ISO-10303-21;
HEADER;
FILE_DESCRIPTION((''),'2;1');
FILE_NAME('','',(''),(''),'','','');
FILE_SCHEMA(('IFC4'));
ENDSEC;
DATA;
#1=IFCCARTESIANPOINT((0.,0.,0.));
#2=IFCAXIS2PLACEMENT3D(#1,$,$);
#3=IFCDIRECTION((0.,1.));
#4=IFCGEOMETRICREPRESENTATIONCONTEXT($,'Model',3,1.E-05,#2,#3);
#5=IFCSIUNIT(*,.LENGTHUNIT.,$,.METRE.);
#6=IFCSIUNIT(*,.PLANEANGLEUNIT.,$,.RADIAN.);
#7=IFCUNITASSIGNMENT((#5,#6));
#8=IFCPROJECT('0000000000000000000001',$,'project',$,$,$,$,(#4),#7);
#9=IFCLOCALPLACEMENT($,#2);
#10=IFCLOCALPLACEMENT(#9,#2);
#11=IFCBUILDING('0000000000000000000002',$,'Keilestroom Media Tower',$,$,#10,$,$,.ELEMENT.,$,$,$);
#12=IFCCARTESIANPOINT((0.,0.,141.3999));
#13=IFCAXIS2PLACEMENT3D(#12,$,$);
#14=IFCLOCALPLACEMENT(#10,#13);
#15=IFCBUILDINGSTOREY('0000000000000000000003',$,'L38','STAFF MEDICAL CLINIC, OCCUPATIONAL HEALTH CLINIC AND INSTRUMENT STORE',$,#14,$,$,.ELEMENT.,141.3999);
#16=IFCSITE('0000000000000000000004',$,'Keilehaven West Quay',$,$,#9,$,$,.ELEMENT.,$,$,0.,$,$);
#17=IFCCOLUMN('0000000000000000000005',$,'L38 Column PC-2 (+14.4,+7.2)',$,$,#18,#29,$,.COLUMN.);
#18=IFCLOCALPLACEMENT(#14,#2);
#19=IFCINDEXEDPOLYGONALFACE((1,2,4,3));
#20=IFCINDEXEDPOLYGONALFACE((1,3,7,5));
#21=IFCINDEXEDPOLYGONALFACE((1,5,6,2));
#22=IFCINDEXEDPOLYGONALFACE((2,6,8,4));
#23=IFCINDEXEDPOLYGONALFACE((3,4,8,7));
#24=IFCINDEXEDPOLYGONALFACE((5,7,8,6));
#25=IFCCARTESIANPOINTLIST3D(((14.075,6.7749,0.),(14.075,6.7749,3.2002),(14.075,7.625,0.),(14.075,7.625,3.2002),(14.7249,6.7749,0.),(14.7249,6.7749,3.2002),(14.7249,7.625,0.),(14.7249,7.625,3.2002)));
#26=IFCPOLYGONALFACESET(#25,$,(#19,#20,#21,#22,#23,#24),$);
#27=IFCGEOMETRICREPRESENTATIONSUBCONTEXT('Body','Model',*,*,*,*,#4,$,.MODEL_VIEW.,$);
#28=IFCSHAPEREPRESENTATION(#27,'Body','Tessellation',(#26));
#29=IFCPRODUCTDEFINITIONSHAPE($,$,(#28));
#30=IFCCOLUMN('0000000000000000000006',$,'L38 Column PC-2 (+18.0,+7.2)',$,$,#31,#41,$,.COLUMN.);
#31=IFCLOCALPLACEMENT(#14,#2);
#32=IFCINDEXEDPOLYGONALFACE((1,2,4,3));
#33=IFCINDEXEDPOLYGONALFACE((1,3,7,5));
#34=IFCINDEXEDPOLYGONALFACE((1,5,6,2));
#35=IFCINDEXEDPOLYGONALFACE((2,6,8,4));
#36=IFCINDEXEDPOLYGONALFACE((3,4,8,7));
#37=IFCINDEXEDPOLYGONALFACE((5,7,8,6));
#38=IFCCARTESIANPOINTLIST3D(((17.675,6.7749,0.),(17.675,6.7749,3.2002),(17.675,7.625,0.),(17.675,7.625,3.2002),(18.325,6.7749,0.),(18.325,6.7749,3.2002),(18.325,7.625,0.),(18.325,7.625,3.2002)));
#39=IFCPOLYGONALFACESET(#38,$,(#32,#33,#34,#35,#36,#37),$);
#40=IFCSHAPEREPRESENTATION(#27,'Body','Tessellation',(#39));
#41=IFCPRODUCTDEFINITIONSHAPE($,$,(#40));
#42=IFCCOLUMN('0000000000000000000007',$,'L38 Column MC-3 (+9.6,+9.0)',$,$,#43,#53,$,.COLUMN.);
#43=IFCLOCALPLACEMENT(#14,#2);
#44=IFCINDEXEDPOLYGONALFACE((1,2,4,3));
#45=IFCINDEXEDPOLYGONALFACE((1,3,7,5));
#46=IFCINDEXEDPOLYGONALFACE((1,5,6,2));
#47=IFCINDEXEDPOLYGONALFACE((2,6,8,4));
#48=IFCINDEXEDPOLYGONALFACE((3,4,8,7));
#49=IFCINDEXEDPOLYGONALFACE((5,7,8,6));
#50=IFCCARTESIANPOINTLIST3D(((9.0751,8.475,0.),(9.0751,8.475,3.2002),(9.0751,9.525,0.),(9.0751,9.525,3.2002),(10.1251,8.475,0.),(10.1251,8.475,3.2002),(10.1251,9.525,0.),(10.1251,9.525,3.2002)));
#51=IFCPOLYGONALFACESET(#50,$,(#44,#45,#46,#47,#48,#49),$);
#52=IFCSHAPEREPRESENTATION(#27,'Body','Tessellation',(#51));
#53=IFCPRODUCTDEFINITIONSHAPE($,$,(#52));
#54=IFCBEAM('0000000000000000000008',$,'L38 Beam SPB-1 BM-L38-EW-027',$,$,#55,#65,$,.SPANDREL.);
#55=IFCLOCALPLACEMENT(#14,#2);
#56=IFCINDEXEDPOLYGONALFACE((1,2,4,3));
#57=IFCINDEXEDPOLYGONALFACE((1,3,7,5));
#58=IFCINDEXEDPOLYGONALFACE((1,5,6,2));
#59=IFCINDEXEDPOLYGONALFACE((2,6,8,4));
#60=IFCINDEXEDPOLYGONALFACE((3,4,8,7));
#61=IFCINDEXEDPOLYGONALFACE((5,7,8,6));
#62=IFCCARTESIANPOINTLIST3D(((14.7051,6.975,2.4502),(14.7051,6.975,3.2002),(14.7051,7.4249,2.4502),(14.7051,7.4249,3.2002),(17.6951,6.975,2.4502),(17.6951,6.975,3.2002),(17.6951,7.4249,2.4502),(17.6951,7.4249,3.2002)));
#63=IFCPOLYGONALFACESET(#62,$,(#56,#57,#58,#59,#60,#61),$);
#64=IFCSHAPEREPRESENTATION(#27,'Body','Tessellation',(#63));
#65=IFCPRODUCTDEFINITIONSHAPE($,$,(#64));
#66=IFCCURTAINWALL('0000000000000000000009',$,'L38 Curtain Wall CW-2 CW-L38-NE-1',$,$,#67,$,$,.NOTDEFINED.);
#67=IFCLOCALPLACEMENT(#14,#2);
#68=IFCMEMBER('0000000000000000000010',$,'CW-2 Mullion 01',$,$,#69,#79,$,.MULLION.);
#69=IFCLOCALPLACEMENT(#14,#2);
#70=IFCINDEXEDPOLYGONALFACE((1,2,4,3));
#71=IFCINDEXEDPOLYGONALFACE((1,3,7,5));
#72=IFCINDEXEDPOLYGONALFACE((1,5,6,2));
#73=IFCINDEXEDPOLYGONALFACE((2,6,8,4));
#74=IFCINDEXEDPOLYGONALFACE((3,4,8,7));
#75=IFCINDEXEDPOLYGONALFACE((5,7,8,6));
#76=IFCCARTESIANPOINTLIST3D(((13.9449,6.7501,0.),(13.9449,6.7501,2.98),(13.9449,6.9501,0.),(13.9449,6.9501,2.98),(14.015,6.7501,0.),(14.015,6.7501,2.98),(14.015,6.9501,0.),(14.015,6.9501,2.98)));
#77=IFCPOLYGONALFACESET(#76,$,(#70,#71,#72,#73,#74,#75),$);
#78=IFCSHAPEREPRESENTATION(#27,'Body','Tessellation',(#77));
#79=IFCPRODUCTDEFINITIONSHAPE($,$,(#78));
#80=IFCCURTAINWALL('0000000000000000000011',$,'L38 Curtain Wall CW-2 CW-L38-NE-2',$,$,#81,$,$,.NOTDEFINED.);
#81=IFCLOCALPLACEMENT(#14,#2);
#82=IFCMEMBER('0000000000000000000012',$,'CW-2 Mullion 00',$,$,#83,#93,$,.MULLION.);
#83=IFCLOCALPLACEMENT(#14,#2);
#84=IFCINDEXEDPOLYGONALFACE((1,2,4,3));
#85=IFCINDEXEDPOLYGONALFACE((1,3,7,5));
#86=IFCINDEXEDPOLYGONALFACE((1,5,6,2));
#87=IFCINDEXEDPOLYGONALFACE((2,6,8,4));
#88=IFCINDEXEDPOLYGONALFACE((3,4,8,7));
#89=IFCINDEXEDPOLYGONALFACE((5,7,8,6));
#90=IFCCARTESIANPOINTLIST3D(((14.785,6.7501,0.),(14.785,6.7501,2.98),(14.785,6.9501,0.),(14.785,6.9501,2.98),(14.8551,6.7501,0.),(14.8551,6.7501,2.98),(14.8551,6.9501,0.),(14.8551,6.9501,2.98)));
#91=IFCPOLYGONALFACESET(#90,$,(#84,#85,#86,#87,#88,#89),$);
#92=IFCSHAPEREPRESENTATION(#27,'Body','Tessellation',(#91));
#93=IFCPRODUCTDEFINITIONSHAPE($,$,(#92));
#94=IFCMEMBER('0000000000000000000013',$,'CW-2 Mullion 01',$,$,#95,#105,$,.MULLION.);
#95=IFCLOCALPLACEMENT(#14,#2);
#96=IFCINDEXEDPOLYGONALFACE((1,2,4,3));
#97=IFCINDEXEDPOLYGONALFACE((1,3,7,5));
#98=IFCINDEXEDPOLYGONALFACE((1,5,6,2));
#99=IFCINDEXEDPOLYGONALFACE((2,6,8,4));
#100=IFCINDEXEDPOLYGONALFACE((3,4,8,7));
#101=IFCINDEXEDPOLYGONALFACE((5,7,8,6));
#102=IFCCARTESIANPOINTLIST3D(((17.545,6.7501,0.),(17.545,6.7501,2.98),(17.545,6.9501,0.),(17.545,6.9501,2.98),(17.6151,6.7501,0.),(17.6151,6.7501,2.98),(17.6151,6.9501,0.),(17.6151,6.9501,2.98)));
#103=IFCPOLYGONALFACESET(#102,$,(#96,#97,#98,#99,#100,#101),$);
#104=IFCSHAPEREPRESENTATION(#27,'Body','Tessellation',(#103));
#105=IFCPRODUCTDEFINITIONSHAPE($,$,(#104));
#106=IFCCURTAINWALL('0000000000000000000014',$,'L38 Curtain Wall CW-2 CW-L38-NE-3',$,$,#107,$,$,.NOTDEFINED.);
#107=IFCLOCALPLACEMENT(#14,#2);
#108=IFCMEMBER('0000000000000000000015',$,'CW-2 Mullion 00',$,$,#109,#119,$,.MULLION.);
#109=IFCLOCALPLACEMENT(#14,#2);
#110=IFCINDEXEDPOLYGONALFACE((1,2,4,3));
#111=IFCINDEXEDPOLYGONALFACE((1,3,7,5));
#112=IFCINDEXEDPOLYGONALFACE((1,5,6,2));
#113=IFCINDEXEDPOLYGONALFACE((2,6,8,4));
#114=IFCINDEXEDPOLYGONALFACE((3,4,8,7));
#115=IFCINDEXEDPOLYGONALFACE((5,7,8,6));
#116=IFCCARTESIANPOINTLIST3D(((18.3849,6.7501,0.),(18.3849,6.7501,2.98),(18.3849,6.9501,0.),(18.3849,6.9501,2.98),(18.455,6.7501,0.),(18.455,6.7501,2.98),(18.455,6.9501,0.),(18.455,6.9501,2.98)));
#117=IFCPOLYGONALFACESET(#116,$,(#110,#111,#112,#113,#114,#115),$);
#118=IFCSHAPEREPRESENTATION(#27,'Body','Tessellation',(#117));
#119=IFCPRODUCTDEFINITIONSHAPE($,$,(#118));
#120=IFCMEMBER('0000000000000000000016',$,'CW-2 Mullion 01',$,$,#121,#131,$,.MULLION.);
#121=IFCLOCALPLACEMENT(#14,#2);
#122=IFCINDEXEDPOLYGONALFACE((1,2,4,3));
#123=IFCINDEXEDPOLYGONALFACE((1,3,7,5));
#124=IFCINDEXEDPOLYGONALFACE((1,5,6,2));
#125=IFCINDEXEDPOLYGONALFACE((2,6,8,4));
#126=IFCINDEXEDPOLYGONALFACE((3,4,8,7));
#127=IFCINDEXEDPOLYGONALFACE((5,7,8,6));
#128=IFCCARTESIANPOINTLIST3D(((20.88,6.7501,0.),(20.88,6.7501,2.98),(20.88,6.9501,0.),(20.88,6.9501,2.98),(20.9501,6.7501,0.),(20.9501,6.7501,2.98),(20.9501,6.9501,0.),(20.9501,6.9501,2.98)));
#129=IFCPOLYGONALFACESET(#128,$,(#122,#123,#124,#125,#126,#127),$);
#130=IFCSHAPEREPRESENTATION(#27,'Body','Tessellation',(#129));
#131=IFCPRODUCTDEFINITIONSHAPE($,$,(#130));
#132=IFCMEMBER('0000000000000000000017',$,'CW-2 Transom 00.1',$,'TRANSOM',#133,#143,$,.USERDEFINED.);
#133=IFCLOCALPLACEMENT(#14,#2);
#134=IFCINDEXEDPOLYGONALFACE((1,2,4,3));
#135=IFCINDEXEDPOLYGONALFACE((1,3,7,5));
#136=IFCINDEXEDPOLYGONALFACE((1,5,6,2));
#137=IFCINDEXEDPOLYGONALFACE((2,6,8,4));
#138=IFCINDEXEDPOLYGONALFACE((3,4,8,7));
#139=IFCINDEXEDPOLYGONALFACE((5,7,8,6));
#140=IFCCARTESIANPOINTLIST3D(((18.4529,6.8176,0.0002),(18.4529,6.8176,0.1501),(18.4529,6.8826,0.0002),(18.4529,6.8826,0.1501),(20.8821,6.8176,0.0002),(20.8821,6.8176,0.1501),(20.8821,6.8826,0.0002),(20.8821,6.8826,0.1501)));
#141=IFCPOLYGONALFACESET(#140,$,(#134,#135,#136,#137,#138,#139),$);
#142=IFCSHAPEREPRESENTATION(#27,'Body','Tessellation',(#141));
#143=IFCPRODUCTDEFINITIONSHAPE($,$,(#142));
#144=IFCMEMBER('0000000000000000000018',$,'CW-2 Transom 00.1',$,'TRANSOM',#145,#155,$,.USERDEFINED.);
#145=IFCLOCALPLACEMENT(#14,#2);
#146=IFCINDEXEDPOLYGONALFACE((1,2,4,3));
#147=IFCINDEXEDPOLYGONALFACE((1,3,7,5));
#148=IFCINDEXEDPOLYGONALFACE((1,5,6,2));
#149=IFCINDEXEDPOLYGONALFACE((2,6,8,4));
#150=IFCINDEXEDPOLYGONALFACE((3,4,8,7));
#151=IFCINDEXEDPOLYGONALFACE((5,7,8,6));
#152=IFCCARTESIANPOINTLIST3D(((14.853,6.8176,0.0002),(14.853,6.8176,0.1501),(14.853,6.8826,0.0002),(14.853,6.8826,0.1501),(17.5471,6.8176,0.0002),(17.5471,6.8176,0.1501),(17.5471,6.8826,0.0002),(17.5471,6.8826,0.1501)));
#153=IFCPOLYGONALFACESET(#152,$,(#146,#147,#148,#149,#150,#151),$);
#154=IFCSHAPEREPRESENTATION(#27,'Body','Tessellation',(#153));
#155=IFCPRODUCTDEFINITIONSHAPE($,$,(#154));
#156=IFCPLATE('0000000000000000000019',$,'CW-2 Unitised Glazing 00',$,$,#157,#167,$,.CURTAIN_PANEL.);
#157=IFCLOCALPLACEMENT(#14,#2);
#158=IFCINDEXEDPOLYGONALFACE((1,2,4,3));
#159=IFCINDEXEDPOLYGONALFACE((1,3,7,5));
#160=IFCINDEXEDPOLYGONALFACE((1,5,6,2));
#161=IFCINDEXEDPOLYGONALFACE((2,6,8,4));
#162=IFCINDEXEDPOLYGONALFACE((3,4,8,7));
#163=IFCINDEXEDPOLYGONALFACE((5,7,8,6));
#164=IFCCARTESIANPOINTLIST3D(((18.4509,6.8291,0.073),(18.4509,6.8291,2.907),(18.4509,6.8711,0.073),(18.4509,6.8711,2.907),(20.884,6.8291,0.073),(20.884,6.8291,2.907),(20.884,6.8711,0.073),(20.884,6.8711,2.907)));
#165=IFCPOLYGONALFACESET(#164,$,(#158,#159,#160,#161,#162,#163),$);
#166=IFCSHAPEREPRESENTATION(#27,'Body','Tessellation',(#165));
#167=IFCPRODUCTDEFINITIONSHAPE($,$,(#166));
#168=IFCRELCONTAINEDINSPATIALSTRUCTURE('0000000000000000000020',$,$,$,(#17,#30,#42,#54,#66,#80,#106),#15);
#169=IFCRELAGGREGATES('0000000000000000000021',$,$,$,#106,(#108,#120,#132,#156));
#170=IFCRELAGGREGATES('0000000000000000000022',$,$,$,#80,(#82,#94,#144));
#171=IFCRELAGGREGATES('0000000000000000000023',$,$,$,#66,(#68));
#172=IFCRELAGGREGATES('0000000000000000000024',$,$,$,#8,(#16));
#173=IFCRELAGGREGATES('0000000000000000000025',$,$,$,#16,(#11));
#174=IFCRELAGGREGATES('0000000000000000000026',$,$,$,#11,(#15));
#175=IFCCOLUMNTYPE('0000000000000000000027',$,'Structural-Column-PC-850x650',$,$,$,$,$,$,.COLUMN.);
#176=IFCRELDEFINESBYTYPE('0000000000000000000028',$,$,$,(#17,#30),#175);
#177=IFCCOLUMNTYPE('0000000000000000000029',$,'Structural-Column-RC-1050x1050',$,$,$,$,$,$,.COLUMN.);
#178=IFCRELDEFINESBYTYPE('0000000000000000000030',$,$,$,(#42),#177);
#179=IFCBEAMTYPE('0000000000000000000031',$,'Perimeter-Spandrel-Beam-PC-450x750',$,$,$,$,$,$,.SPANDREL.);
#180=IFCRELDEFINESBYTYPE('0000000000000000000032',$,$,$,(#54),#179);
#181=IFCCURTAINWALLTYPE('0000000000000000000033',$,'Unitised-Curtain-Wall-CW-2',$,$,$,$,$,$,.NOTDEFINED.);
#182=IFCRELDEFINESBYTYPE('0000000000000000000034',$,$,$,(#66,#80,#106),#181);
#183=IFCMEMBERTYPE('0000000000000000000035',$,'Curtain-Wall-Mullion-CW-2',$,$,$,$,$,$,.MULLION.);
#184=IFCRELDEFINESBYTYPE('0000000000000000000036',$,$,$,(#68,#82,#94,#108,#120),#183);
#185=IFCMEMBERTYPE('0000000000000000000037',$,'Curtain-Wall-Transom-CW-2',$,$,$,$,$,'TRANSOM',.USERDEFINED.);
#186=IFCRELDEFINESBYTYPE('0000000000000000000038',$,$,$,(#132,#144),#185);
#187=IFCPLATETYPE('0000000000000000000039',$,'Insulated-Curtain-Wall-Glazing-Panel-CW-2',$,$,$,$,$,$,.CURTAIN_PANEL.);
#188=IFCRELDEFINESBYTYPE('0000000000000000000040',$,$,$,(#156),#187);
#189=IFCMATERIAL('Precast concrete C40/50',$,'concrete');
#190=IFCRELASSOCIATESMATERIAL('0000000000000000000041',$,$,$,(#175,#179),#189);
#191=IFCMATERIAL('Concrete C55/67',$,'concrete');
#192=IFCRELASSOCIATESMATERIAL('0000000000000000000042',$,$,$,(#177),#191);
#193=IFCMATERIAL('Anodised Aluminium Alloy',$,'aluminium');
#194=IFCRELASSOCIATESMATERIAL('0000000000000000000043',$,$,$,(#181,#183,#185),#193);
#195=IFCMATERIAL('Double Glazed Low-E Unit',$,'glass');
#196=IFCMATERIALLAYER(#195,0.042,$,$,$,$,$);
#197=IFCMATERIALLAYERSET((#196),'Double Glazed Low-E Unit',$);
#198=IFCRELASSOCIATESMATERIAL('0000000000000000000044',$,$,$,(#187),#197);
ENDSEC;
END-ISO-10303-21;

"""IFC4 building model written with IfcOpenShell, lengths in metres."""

from ifc_helpers import new_model, si_unit, direction, frame, origin, origin_2d, place, context, subcontext, project, spatial, rectangle, extrude, source, transform, mapped, material, layer, layer_set, material_profile, profile_set, type_object, element, aggregate, save


model = new_model("IFC4")

# Units and contexts
model_context = context("Model", 3, precision=1e-05, world=origin(), true_north=direction((0.0, 1.0)))
body_context = subcontext(model_context, "Body", "Model", "MODEL_VIEW")
ifc_project = project(units=[si_unit("LENGTHUNIT", "METRE"), si_unit("PLANEANGLEUNIT", "RADIAN")], contexts=[model_context])

# Site, building, storey
site_placement = place(None, origin())
site = spatial("IfcSite", under=ifc_project, at=site_placement, Name="Keilehaven West Quay", CompositionType="ELEMENT", RefElevation=0.0)
building_placement = place(site_placement, origin())
building = spatial("IfcBuilding", under=site, at=building_placement, Name="Keilestroom Media Tower", CompositionType="ELEMENT")
storey_placement = place(building_placement, frame((0.0, 0.0, 141.3999)))
storey = spatial("IfcBuildingStorey", under=building, at=storey_placement, Name="L38", Description="STAFF MEDICAL CLINIC, OCCUPATIONAL HEALTH CLINIC AND INSTRUMENT STORE", CompositionType="ELEMENT", Elevation=141.3999)

# Columns
ifc_material_1 = material(Name="Precast concrete C40/50", Category="concrete")
ifc_material_profile_1 = material_profile(ifc_material_1, rectangle(XDim=0.6499, YDim=0.8501, at=origin_2d()), Name="PC 850x650")
ifc_profile_set_1 = profile_set([ifc_material_profile_1], Name="Precast concrete C40/50")
column_type_1 = type_object("IfcColumnType", Name="Structural-Column-PC-850x650", PredefinedType="COLUMN", material=ifc_profile_set_1)
shared_shape_1 = source(origin(), body_context, "Body", "SweptSolid", [
    extrude(rectangle(XDim=0.6499, YDim=0.8501, at=origin_2d()), origin(), (0.0, 0.0, 1.0), 3.2002),
])
for number, where, z_axis, x_axis, name in (
    (1, (14.3999, 7.2, 0.0), (0.0, 0.0, 1.0), (1.0, 0.0, 0.0), "L38 Column PC-2 (+14.4,+7.2)"),
    (2, (18.0, 7.2, 0.0), (0.0, 0.0, 1.0), (1.0, 0.0, 0.0), "L38 Column PC-2 (+18.0,+7.2)"),
):
    element("IfcColumn", number, at=place(storey_placement, frame(where, z_axis=z_axis, x_axis=x_axis)), inside=storey, type_object=column_type_1, Name=name, PredefinedType="COLUMN", context=body_context, shape_type="MappedRepresentation", body=[
        mapped(shared_shape_1, transform((0.0, 0.0, 0.0), x_axis=(1.0, 0.0, 0.0), y_axis=(0.0, 1.0, 0.0), z_axis=(0.0, 0.0, 1.0), scale=1.0)),
    ])
ifc_material_2 = material(Name="Concrete C55/67", Category="concrete")
ifc_material_profile_2 = material_profile(ifc_material_2, rectangle(XDim=1.05, YDim=1.05, at=origin_2d()), Name="RC 1050x1050")
ifc_profile_set_2 = profile_set([ifc_material_profile_2], Name="Concrete C55/67")
column_type_2 = type_object("IfcColumnType", Name="Structural-Column-RC-1050x1050", PredefinedType="COLUMN", material=ifc_profile_set_2)
shared_shape_2 = source(origin(), body_context, "Body", "SweptSolid", [
    extrude(rectangle(XDim=1.05, YDim=1.05, at=origin_2d()), origin(), (0.0, 0.0, 1.0), 3.2002),
])
column_placement = place(storey_placement, frame((9.6001, 9.0, 0.0), z_axis=(0.0, 0.0, 1.0), x_axis=(1.0, 0.0, 0.0)))
element("IfcColumn", 3, at=column_placement, inside=storey, type_object=column_type_2, Name="L38 Column MC-3 (+9.6,+9.0)", PredefinedType="COLUMN", context=body_context, shape_type="MappedRepresentation", body=[
    mapped(shared_shape_2, transform((0.0, 0.0, 0.0), x_axis=(1.0, 0.0, 0.0), y_axis=(0.0, 1.0, 0.0), z_axis=(0.0, 0.0, 1.0), scale=1.0)),
])

# Beam
ifc_material_profile_3 = material_profile(ifc_material_1, rectangle(XDim=0.45, YDim=0.75, at=origin_2d()), Name="PC 450x750")
ifc_profile_set_3 = profile_set([ifc_material_profile_3], Name="Precast concrete C40/50")
beam_type = type_object("IfcBeamType", Name="Perimeter-Spandrel-Beam-PC-450x750", PredefinedType="SPANDREL", material=ifc_profile_set_3)
shared_shape_3 = source(origin(), body_context, "Body", "SweptSolid", [
    extrude(rectangle(XDim=0.45, YDim=0.75, at=origin_2d()), origin(), (0.0, 0.0, 1.0), 2.99),
])
beam_placement = place(storey_placement, frame((14.7051, 7.2, 2.8252), z_axis=(1.0, 0.0, 0.0), x_axis=(0.0, 1.0, 0.0)))
element("IfcBeam", 4, at=beam_placement, inside=storey, type_object=beam_type, Name="L38 Beam SPB-1 BM-L38-EW-027", PredefinedType="SPANDREL", context=body_context, shape_type="MappedRepresentation", body=[
    mapped(shared_shape_3, transform((0.0, 0.0, 0.0), x_axis=(1.0, 0.0, 0.0), y_axis=(0.0, 1.0, 0.0), z_axis=(0.0, 0.0, 1.0), scale=1.0)),
])

# Curtain wall, member
ifc_material_3 = material(Name="Anodised Aluminium Alloy", Category="aluminium")
curtain_wall_type = type_object("IfcCurtainWallType", Name="Unitised-Curtain-Wall-CW-2", PredefinedType="NOTDEFINED", material=ifc_material_3)
curtain_wall_1_placement = place(storey_placement, origin())
curtain_wall_1 = element("IfcCurtainWall", 5, at=curtain_wall_1_placement, inside=storey, type_object=curtain_wall_type, Name="L38 Curtain Wall CW-2 CW-L38-NE-1", PredefinedType="NOTDEFINED")
ifc_material_profile_4 = material_profile(ifc_material_3, rectangle(XDim=0.0701, YDim=0.2, at=origin_2d()), Name="ALU MULLION 70x200")
ifc_profile_set_4 = profile_set([ifc_material_profile_4], Name="Anodised Aluminium Alloy")
member_type_1 = type_object("IfcMemberType", Name="Curtain-Wall-Mullion-CW-2", PredefinedType="MULLION", material=ifc_profile_set_4)
shared_shape_4 = source(origin(), body_context, "Body", "SweptSolid", [
    extrude(rectangle(XDim=0.0701, YDim=0.2, at=origin_2d()), origin(), (0.0, 0.0, 1.0), 2.98),
])
member_1_placement = place(storey_placement, frame((13.98, 6.8501, 0.0), z_axis=(0.0, 0.0, 1.0), x_axis=(1.0, 0.0, 0.0)))
member_1 = element("IfcMember", 6, at=member_1_placement, type_object=member_type_1, Name="CW-2 Mullion 01", PredefinedType="MULLION", context=body_context, shape_type="MappedRepresentation", body=[
    mapped(shared_shape_4, transform((0.0, 0.0, 0.0), x_axis=(1.0, 0.0, 0.0), y_axis=(0.0, 1.0, 0.0), z_axis=(0.0, 0.0, 1.0), scale=1.0)),
])

# Curtain walls, members
curtain_wall_2_placement = place(storey_placement, origin())
curtain_wall_2 = element("IfcCurtainWall", 7, at=curtain_wall_2_placement, inside=storey, type_object=curtain_wall_type, Name="L38 Curtain Wall CW-2 CW-L38-NE-2", PredefinedType="NOTDEFINED")
member_2_placement = place(storey_placement, frame((14.8201, 6.8501, 0.0), z_axis=(0.0, 0.0, 1.0), x_axis=(1.0, 0.0, 0.0)))
member_2 = element("IfcMember", 8, at=member_2_placement, type_object=member_type_1, Name="CW-2 Mullion 00", PredefinedType="MULLION", context=body_context, shape_type="MappedRepresentation", body=[
    mapped(shared_shape_4, transform((0.0, 0.0, 0.0), x_axis=(1.0, 0.0, 0.0), y_axis=(0.0, 1.0, 0.0), z_axis=(0.0, 0.0, 1.0), scale=1.0)),
])
member_3_placement = place(storey_placement, frame((17.5801, 6.8501, 0.0), z_axis=(0.0, 0.0, 1.0), x_axis=(1.0, 0.0, 0.0)))
member_3 = element("IfcMember", 9, at=member_3_placement, type_object=member_type_1, Name="CW-2 Mullion 01", PredefinedType="MULLION", context=body_context, shape_type="MappedRepresentation", body=[
    mapped(shared_shape_4, transform((0.0, 0.0, 0.0), x_axis=(1.0, 0.0, 0.0), y_axis=(0.0, 1.0, 0.0), z_axis=(0.0, 0.0, 1.0), scale=1.0)),
])
curtain_wall_3_placement = place(storey_placement, origin())
curtain_wall_3 = element("IfcCurtainWall", 10, at=curtain_wall_3_placement, inside=storey, type_object=curtain_wall_type, Name="L38 Curtain Wall CW-2 CW-L38-NE-3", PredefinedType="NOTDEFINED")
member_4_placement = place(storey_placement, frame((18.4199, 6.8501, 0.0), z_axis=(0.0, 0.0, 1.0), x_axis=(1.0, 0.0, 0.0)))
member_4 = element("IfcMember", 11, at=member_4_placement, type_object=member_type_1, Name="CW-2 Mullion 00", PredefinedType="MULLION", context=body_context, shape_type="MappedRepresentation", body=[
    mapped(shared_shape_4, transform((0.0, 0.0, 0.0), x_axis=(1.0, 0.0, 0.0), y_axis=(0.0, 1.0, 0.0), z_axis=(0.0, 0.0, 1.0), scale=1.0)),
])
member_5_placement = place(storey_placement, frame((20.915, 6.8501, 0.0), z_axis=(0.0, 0.0, 1.0), x_axis=(1.0, 0.0, 0.0)))
member_5 = element("IfcMember", 12, at=member_5_placement, type_object=member_type_1, Name="CW-2 Mullion 01", PredefinedType="MULLION", context=body_context, shape_type="MappedRepresentation", body=[
    mapped(shared_shape_4, transform((0.0, 0.0, 0.0), x_axis=(1.0, 0.0, 0.0), y_axis=(0.0, 1.0, 0.0), z_axis=(0.0, 0.0, 1.0), scale=1.0)),
])
ifc_material_profile_5 = material_profile(ifc_material_3, rectangle(XDim=0.0649, YDim=0.1499, at=origin_2d()), Name="ALU TRANSOM 65x150")
ifc_profile_set_5 = profile_set([ifc_material_profile_5], Name="Anodised Aluminium Alloy")
member_type_2 = type_object("IfcMemberType", Name="Curtain-Wall-Transom-CW-2", ElementType="TRANSOM", PredefinedType="USERDEFINED", material=ifc_profile_set_5)
shared_shape_5 = source(origin(), body_context, "Body", "SweptSolid", [
    extrude(rectangle(XDim=0.0649, YDim=0.1499, at=origin_2d()), origin(), (0.0, 0.0, 1.0), 2.4292),
])
member_6_placement = place(storey_placement, frame((18.4529, 6.8501, 0.0752), z_axis=(1.0, 0.0, 0.0), x_axis=(0.0, 1.0, 0.0)))
member_6 = element("IfcMember", 13, at=member_6_placement, type_object=member_type_2, Name="CW-2 Transom 00.1", ObjectType="TRANSOM", PredefinedType="USERDEFINED", context=body_context, shape_type="MappedRepresentation", body=[
    mapped(shared_shape_5, transform((0.0, 0.0, 0.0), x_axis=(1.0, 0.0, 0.0), y_axis=(0.0, 1.0, 0.0), z_axis=(0.0, 0.0, 1.0), scale=1.0)),
])

# Member
shared_shape_6 = source(origin(), body_context, "Body", "SweptSolid", [
    extrude(rectangle(XDim=0.0649, YDim=0.1499, at=origin_2d()), origin(), (0.0, 0.0, 1.0), 2.6941),
])
member_7_placement = place(storey_placement, frame((14.853, 6.8501, 0.0752), z_axis=(1.0, 0.0, 0.0), x_axis=(0.0, 1.0, 0.0)))
member_7 = element("IfcMember", 14, at=member_7_placement, type_object=member_type_2, Name="CW-2 Transom 00.1", ObjectType="TRANSOM", PredefinedType="USERDEFINED", context=body_context, shape_type="MappedRepresentation", body=[
    mapped(shared_shape_6, transform((0.0, 0.0, 0.0), x_axis=(1.0, 0.0, 0.0), y_axis=(0.0, 1.0, 0.0), z_axis=(0.0, 0.0, 1.0), scale=1.0)),
])

# Plate
ifc_material_4 = material(Name="Double Glazed Low-E Unit", Category="glass")
ifc_layer_1 = layer(ifc_material_4, 0.042)
ifc_layer_set_1 = layer_set([ifc_layer_1], Name="Double Glazed Low-E Unit")
plate_type = type_object("IfcPlateType", Name="Insulated-Curtain-Wall-Glazing-Panel-CW-2", PredefinedType="CURTAIN_PANEL", material=ifc_layer_set_1)
shared_shape_7 = source(origin(), body_context, "Body", "SweptSolid", [
    extrude(rectangle(XDim=2.4331, YDim=0.042, at=origin_2d()), origin(), (0.0, 0.0, 1.0), 2.834),
])
plate_1_placement = place(storey_placement, frame((19.6675, 6.8501, 0.073), z_axis=(0.0, 0.0, 1.0), x_axis=(1.0, 0.0, 0.0)))
plate_1 = element("IfcPlate", 15, at=plate_1_placement, type_object=plate_type, Name="CW-2 Unitised Glazing 00", PredefinedType="CURTAIN_PANEL", context=body_context, shape_type="MappedRepresentation", body=[
    mapped(shared_shape_7, transform((0.0, 0.0, 0.0), x_axis=(1.0, 0.0, 0.0), y_axis=(0.0, 1.0, 0.0), z_axis=(0.0, 0.0, 1.0), scale=1.0)),
])
aggregate(curtain_wall_3, [member_4, member_5, member_6, plate_1])
aggregate(curtain_wall_2, [member_2, member_3, member_7])
aggregate(curtain_wall_1, [member_1])

save(model, "model.ifc")
